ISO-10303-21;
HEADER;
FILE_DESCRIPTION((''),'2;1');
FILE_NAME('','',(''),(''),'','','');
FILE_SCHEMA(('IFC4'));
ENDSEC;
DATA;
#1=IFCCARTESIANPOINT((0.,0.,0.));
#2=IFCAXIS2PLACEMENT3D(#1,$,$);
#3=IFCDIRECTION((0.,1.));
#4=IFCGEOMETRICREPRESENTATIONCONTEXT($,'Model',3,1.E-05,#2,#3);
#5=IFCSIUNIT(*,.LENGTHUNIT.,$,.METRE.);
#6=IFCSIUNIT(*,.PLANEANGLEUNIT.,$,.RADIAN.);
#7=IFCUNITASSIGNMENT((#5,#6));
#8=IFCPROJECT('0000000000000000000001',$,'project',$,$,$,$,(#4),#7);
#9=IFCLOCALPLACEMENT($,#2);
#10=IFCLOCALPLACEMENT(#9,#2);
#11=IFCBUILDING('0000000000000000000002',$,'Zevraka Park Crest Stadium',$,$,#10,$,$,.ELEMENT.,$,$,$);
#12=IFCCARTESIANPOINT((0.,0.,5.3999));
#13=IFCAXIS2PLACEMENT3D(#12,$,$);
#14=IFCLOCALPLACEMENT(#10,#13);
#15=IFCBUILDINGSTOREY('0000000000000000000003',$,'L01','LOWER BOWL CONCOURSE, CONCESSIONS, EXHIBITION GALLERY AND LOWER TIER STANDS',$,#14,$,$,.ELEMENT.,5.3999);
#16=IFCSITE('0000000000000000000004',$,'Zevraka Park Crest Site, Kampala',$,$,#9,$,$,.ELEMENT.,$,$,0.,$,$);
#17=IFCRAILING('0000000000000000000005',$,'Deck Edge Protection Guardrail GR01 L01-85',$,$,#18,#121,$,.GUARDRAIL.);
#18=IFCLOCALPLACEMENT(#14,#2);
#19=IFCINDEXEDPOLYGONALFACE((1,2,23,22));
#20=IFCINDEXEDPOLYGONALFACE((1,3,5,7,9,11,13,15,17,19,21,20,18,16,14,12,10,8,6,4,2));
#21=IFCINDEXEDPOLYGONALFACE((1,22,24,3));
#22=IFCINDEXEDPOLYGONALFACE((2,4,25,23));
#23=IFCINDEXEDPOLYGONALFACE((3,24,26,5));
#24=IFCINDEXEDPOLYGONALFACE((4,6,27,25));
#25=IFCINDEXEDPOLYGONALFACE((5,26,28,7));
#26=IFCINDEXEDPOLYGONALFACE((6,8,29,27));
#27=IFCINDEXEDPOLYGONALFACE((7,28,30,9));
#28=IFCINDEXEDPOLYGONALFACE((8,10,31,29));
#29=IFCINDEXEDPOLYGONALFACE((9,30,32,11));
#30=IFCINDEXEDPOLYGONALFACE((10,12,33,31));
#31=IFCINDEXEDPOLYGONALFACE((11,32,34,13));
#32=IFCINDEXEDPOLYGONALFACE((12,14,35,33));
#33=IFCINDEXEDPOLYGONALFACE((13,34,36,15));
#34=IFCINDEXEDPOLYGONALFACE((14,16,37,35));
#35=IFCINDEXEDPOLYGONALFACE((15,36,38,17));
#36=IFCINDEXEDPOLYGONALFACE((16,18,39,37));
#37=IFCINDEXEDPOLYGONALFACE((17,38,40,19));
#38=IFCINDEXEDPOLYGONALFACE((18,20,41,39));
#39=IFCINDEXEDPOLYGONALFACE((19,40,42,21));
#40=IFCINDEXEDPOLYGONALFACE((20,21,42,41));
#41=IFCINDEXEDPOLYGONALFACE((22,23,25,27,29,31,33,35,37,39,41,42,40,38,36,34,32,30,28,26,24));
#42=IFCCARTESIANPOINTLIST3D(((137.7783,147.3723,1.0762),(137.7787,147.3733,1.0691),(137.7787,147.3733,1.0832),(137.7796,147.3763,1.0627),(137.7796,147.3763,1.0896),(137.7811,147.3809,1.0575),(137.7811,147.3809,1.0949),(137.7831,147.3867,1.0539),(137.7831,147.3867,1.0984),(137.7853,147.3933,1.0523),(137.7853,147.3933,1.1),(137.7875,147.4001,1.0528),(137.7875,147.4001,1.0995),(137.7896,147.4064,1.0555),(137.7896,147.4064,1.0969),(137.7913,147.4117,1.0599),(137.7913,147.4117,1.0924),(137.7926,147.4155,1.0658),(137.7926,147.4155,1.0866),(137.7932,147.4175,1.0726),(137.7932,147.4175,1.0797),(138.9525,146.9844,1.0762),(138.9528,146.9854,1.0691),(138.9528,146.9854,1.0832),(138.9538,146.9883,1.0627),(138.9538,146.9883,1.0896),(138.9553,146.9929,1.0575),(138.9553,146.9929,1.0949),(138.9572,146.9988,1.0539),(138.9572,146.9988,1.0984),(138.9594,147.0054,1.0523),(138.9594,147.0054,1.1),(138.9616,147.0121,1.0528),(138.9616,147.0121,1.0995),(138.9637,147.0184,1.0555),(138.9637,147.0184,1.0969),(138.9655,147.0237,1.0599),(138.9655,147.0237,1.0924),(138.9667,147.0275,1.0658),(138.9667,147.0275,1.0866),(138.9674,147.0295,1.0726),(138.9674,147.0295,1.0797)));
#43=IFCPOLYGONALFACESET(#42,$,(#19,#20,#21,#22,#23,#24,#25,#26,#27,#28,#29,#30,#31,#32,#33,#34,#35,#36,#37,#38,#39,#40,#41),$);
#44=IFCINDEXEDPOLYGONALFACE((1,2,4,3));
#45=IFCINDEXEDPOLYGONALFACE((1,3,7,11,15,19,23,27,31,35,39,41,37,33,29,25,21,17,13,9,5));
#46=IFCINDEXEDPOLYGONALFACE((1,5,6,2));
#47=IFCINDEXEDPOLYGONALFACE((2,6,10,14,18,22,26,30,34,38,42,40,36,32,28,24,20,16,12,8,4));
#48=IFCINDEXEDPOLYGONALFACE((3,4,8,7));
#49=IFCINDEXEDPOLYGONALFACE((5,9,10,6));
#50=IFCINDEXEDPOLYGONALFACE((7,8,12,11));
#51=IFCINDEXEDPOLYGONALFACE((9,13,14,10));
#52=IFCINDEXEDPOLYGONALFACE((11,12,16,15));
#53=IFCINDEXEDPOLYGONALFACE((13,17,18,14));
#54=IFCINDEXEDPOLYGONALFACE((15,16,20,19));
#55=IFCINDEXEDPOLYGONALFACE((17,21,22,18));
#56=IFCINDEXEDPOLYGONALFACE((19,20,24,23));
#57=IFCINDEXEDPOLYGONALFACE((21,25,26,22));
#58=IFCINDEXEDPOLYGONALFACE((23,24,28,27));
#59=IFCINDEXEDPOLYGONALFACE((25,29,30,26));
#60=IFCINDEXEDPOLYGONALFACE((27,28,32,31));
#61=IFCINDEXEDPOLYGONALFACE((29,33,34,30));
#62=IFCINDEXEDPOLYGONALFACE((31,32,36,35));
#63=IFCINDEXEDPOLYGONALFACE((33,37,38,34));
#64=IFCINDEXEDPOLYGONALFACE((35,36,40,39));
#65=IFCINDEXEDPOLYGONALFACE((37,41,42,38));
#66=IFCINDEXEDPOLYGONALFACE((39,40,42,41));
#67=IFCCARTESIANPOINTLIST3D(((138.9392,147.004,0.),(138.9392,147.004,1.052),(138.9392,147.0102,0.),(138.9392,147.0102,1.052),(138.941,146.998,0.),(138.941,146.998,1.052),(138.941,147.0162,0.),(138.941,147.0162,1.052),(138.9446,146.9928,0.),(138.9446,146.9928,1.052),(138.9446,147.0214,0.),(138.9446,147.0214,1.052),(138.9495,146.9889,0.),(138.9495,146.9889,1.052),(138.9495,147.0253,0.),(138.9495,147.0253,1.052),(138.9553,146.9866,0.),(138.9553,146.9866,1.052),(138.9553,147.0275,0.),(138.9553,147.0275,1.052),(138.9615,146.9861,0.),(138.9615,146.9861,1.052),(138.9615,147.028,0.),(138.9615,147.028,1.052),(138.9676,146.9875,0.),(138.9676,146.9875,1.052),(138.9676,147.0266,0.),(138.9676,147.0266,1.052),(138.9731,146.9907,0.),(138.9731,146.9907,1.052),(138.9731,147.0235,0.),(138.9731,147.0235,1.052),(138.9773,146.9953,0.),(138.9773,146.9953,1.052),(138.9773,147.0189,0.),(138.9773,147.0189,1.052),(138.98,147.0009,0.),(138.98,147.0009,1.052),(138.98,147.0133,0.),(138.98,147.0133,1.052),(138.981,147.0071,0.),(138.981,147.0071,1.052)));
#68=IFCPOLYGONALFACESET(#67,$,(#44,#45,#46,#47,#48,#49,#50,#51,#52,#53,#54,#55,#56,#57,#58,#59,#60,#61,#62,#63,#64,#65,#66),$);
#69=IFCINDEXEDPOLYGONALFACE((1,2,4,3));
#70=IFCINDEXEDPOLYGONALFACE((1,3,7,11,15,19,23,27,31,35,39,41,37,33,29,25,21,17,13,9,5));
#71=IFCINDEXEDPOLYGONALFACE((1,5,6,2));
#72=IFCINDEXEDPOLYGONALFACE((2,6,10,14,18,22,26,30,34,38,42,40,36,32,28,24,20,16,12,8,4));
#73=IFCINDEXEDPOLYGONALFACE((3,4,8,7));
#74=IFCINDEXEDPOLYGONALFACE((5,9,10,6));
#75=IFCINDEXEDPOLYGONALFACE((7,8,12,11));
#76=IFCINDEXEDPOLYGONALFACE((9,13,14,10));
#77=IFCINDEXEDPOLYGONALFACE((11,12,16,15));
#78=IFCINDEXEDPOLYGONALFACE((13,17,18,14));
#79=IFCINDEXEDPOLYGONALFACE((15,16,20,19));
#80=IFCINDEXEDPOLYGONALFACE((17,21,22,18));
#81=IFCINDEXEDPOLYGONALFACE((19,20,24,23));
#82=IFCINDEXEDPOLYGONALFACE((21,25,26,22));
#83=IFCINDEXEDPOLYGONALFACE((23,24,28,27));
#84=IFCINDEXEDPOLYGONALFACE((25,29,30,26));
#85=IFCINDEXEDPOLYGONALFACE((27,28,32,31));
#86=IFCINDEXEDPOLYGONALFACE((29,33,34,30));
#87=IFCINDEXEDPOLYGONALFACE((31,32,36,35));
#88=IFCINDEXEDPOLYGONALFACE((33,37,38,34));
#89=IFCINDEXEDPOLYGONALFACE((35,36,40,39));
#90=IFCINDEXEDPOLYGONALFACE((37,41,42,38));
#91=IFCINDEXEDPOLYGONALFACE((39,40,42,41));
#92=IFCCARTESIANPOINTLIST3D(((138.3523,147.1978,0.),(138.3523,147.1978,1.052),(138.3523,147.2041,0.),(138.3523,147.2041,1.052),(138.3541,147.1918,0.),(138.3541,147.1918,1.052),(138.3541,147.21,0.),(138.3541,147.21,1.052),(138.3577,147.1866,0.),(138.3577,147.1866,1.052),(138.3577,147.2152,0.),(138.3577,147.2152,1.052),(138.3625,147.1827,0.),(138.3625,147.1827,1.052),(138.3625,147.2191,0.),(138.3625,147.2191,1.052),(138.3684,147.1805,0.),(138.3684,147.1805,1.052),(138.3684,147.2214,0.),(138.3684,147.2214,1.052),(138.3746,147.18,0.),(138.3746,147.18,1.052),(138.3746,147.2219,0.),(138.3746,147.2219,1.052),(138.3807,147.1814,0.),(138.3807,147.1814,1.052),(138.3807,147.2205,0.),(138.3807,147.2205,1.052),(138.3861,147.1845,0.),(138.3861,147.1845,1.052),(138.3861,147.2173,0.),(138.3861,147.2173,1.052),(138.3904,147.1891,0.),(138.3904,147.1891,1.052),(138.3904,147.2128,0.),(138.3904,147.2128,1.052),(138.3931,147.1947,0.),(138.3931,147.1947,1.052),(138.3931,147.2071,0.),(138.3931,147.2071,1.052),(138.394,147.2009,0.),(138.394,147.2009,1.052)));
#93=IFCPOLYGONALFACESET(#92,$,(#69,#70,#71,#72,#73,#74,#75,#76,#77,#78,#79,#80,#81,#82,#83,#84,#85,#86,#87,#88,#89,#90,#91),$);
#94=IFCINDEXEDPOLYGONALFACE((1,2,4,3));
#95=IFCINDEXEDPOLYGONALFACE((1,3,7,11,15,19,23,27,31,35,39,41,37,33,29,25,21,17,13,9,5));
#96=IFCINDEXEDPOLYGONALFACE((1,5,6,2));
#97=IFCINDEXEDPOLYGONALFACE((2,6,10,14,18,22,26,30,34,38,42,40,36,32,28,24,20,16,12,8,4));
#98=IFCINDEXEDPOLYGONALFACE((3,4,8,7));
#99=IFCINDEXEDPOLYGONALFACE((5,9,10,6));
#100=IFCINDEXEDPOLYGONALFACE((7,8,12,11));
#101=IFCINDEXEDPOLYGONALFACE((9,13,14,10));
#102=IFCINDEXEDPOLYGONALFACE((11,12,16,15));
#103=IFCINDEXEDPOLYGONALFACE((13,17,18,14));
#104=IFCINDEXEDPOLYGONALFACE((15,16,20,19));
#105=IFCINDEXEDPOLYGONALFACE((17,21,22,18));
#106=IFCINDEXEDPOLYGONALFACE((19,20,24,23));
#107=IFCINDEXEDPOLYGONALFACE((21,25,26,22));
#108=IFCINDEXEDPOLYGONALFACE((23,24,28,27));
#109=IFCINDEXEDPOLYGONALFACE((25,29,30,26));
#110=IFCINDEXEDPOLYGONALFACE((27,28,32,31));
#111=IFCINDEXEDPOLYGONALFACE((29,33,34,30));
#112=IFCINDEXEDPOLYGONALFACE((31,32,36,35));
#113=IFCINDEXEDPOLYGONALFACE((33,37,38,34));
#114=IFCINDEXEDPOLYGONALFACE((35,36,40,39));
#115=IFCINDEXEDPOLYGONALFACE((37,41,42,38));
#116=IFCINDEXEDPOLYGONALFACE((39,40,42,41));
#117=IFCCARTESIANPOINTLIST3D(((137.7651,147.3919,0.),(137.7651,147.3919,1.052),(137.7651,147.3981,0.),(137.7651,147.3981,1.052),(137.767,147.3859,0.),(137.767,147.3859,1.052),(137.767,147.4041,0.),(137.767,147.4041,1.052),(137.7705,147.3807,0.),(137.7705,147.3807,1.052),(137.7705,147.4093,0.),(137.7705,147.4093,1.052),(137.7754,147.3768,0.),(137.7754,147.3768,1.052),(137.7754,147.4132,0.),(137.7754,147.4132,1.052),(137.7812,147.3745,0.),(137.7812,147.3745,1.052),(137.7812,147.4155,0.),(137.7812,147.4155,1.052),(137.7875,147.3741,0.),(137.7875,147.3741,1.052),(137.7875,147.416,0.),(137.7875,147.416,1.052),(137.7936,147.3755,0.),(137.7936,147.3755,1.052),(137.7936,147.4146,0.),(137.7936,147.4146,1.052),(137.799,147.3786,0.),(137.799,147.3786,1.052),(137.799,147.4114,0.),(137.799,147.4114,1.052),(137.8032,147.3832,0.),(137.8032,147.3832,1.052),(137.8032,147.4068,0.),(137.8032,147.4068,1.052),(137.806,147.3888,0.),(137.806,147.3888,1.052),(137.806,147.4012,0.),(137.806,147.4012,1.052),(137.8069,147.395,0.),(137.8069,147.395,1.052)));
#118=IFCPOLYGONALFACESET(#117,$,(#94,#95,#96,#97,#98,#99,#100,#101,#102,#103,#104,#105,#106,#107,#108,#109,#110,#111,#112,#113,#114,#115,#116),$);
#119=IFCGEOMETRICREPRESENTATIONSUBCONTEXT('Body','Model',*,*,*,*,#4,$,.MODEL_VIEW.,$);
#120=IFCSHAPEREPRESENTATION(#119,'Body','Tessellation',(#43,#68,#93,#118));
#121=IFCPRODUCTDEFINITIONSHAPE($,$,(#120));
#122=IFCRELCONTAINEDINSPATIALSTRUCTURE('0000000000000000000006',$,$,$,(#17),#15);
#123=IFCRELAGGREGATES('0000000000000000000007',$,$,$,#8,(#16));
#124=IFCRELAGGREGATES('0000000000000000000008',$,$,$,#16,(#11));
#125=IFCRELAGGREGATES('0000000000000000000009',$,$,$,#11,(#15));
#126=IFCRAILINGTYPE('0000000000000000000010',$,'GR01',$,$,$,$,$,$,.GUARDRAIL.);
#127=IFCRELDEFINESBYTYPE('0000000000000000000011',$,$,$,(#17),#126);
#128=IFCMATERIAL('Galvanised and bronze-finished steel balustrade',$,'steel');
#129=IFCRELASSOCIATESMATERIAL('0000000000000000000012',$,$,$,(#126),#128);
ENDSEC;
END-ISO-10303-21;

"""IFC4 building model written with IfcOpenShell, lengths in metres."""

from ifc_helpers import new_model, si_unit, direction, frame, origin, origin_2d, place, context, subcontext, project, spatial, circle, extrude, material, type_object, element, save


model = new_model("IFC4")

# Units and contexts
model_context = context("Model", 3, precision=1e-05, world=origin(), true_north=direction((0.0, 1.0)))
body_context = subcontext(model_context, "Body", "Model", "MODEL_VIEW")
ifc_project = project(units=[si_unit("LENGTHUNIT", "METRE"), si_unit("PLANEANGLEUNIT", "RADIAN")], contexts=[model_context])

# Site, building, storey
site_placement = place(None, origin())
site = spatial("IfcSite", under=ifc_project, at=site_placement, Name="Zevraka Park Crest Site, Kampala", CompositionType="ELEMENT", RefElevation=0.0)
building_placement = place(site_placement, origin())
building = spatial("IfcBuilding", under=site, at=building_placement, Name="Zevraka Park Crest Stadium", CompositionType="ELEMENT")
storey_placement = place(building_placement, frame((0.0, 0.0, 5.3999)))
storey = spatial("IfcBuildingStorey", under=building, at=storey_placement, Name="L01", Description="LOWER BOWL CONCOURSE, CONCESSIONS, EXHIBITION GALLERY AND LOWER TIER STANDS", CompositionType="ELEMENT", Elevation=5.3999)

# Railing
ifc_material_1 = material(Name="Galvanised and bronze-finished steel balustrade", Category="steel")
railing_type_1 = type_object("IfcRailingType", Name="GR01", PredefinedType="GUARDRAIL", material=ifc_material_1)
railing_1_placement = place(storey_placement, frame((138.96, 147.0071, 0.0)))
element("IfcRailing", 1, at=railing_1_placement, inside=storey, type_object=railing_type_1, Name="Deck Edge Protection Guardrail GR01 L01-85", PredefinedType="GUARDRAIL", context=body_context, shape_type="SweptSolid", body=[
    extrude(circle(Radius=0.0239, at=origin_2d()), frame((0.0, 0.0, 1.0762), z_axis=(-0.949509, 0.313739, 0.0), x_axis=(-0.313739, -0.949509, 0.0)), (0.0, 0.0, 1.0), 1.2366),
    extrude(circle(Radius=0.021, at=origin_2d()), origin(), (0.0, 0.0, 1.0), 1.052),
    extrude(circle(Radius=0.021, at=origin_2d()), frame((-0.5869, 0.1938, 0.0)), (0.0, 0.0, 1.0), 1.052),
    extrude(circle(Radius=0.021, at=origin_2d()), frame((-1.1741, 0.3879, 0.0)), (0.0, 0.0, 1.0), 1.052),
])

save(model, "model.ifc")
